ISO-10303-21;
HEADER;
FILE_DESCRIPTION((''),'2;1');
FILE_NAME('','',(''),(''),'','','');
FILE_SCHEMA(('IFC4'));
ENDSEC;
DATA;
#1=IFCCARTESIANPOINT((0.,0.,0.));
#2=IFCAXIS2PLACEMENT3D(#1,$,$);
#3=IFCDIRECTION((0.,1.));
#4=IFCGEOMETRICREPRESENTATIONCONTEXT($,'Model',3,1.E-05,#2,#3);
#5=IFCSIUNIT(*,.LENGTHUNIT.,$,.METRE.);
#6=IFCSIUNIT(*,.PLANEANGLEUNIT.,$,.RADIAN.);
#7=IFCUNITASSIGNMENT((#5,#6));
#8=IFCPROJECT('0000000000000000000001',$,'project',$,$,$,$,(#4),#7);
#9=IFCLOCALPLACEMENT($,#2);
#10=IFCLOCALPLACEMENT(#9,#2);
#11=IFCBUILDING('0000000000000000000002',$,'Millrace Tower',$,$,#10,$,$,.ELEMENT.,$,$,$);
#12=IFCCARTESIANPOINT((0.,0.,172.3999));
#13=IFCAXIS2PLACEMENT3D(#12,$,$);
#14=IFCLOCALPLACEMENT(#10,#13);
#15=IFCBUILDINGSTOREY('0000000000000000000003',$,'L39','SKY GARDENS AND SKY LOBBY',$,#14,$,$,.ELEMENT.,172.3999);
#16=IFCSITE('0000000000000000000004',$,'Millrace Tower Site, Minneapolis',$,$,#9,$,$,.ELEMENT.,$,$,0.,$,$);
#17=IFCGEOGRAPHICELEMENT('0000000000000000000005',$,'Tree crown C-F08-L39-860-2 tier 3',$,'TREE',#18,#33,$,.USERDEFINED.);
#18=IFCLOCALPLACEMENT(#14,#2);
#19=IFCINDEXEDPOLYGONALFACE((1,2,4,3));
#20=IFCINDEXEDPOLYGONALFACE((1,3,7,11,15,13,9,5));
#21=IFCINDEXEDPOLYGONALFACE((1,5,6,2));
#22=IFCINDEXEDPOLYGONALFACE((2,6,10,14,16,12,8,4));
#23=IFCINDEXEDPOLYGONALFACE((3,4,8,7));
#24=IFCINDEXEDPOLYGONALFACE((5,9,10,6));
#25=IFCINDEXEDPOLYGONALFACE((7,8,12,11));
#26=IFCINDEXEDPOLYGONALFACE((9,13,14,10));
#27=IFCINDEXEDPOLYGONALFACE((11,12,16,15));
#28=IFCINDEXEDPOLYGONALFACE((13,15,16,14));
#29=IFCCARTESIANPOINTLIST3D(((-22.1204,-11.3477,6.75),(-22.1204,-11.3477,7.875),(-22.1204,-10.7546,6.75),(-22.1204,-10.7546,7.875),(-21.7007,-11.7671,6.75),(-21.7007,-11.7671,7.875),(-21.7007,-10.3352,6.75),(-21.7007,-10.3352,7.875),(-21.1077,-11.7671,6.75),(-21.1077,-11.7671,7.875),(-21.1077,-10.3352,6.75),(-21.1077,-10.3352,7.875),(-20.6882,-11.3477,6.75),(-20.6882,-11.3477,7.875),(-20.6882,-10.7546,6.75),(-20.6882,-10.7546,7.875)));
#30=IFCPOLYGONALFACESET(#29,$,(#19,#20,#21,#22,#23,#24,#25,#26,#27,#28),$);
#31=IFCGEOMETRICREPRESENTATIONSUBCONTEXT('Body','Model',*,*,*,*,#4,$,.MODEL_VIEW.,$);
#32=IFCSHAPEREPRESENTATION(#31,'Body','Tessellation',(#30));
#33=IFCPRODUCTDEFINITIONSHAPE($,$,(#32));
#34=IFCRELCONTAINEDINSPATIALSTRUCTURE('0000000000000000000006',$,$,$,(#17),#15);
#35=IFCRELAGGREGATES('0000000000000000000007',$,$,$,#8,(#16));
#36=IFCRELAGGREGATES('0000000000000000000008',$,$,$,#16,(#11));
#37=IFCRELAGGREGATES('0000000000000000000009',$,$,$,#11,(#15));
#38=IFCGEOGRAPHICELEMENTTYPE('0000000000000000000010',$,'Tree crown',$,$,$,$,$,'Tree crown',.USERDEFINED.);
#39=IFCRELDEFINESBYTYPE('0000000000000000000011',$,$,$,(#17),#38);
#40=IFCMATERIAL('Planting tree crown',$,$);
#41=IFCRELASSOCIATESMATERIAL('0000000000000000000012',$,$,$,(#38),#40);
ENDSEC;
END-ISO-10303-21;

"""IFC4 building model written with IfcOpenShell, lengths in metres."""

from ifc_helpers import new_model, si_unit, direction, frame, origin, place, context, subcontext, project, spatial, polyline, outline, extrude, material, type_object, element, save


model = new_model("IFC4")

# Units and contexts
model_context = context("Model", 3, precision=1e-05, world=origin(), true_north=direction((0.0, 1.0)))
body_context = subcontext(model_context, "Body", "Model", "MODEL_VIEW")
ifc_project = project(units=[si_unit("LENGTHUNIT", "METRE"), si_unit("PLANEANGLEUNIT", "RADIAN")], contexts=[model_context])

# Site, building, storey
site_placement = place(None, origin())
site = spatial("IfcSite", under=ifc_project, at=site_placement, Name="Millrace Tower Site, Minneapolis", CompositionType="ELEMENT", RefElevation=0.0)
building_placement = place(site_placement, origin())
building = spatial("IfcBuilding", under=site, at=building_placement, Name="Millrace Tower", CompositionType="ELEMENT")
storey_placement = place(building_placement, frame((0.0, 0.0, 172.3999)))
storey = spatial("IfcBuildingStorey", under=building, at=storey_placement, Name="L39", Description="SKY GARDENS AND SKY LOBBY", CompositionType="ELEMENT", Elevation=172.3999)

# Geographic element
ifc_material_1 = material(Name="Planting tree crown")
geographic_element_type = type_object("IfcGeographicElementType", Name="Tree crown", ElementType="Tree crown", PredefinedType="USERDEFINED", material=ifc_material_1)
placement_1 = place(storey_placement, frame((0.0, 0.0, 6.75)))
element("IfcGeographicElement", 1, at=placement_1, inside=storey, type_object=geographic_element_type, Name="Tree crown C-F08-L39-860-2 tier 3", ObjectType="TREE", PredefinedType="USERDEFINED", context=body_context, shape_type="SweptSolid", body=[
    extrude(outline(polyline([(-20.6882, -10.7546), (-21.1077, -10.3352), (-21.7007, -10.3352), (-22.1204, -10.7546), (-22.1204, -11.3477), (-21.7007, -11.7671), (-21.1077, -11.7671), (-20.6882, -11.3477), (-20.6882, -10.7546)])), origin(), (0.0, 0.0, 1.0), 1.125),
])

save(model, "model.ifc")
